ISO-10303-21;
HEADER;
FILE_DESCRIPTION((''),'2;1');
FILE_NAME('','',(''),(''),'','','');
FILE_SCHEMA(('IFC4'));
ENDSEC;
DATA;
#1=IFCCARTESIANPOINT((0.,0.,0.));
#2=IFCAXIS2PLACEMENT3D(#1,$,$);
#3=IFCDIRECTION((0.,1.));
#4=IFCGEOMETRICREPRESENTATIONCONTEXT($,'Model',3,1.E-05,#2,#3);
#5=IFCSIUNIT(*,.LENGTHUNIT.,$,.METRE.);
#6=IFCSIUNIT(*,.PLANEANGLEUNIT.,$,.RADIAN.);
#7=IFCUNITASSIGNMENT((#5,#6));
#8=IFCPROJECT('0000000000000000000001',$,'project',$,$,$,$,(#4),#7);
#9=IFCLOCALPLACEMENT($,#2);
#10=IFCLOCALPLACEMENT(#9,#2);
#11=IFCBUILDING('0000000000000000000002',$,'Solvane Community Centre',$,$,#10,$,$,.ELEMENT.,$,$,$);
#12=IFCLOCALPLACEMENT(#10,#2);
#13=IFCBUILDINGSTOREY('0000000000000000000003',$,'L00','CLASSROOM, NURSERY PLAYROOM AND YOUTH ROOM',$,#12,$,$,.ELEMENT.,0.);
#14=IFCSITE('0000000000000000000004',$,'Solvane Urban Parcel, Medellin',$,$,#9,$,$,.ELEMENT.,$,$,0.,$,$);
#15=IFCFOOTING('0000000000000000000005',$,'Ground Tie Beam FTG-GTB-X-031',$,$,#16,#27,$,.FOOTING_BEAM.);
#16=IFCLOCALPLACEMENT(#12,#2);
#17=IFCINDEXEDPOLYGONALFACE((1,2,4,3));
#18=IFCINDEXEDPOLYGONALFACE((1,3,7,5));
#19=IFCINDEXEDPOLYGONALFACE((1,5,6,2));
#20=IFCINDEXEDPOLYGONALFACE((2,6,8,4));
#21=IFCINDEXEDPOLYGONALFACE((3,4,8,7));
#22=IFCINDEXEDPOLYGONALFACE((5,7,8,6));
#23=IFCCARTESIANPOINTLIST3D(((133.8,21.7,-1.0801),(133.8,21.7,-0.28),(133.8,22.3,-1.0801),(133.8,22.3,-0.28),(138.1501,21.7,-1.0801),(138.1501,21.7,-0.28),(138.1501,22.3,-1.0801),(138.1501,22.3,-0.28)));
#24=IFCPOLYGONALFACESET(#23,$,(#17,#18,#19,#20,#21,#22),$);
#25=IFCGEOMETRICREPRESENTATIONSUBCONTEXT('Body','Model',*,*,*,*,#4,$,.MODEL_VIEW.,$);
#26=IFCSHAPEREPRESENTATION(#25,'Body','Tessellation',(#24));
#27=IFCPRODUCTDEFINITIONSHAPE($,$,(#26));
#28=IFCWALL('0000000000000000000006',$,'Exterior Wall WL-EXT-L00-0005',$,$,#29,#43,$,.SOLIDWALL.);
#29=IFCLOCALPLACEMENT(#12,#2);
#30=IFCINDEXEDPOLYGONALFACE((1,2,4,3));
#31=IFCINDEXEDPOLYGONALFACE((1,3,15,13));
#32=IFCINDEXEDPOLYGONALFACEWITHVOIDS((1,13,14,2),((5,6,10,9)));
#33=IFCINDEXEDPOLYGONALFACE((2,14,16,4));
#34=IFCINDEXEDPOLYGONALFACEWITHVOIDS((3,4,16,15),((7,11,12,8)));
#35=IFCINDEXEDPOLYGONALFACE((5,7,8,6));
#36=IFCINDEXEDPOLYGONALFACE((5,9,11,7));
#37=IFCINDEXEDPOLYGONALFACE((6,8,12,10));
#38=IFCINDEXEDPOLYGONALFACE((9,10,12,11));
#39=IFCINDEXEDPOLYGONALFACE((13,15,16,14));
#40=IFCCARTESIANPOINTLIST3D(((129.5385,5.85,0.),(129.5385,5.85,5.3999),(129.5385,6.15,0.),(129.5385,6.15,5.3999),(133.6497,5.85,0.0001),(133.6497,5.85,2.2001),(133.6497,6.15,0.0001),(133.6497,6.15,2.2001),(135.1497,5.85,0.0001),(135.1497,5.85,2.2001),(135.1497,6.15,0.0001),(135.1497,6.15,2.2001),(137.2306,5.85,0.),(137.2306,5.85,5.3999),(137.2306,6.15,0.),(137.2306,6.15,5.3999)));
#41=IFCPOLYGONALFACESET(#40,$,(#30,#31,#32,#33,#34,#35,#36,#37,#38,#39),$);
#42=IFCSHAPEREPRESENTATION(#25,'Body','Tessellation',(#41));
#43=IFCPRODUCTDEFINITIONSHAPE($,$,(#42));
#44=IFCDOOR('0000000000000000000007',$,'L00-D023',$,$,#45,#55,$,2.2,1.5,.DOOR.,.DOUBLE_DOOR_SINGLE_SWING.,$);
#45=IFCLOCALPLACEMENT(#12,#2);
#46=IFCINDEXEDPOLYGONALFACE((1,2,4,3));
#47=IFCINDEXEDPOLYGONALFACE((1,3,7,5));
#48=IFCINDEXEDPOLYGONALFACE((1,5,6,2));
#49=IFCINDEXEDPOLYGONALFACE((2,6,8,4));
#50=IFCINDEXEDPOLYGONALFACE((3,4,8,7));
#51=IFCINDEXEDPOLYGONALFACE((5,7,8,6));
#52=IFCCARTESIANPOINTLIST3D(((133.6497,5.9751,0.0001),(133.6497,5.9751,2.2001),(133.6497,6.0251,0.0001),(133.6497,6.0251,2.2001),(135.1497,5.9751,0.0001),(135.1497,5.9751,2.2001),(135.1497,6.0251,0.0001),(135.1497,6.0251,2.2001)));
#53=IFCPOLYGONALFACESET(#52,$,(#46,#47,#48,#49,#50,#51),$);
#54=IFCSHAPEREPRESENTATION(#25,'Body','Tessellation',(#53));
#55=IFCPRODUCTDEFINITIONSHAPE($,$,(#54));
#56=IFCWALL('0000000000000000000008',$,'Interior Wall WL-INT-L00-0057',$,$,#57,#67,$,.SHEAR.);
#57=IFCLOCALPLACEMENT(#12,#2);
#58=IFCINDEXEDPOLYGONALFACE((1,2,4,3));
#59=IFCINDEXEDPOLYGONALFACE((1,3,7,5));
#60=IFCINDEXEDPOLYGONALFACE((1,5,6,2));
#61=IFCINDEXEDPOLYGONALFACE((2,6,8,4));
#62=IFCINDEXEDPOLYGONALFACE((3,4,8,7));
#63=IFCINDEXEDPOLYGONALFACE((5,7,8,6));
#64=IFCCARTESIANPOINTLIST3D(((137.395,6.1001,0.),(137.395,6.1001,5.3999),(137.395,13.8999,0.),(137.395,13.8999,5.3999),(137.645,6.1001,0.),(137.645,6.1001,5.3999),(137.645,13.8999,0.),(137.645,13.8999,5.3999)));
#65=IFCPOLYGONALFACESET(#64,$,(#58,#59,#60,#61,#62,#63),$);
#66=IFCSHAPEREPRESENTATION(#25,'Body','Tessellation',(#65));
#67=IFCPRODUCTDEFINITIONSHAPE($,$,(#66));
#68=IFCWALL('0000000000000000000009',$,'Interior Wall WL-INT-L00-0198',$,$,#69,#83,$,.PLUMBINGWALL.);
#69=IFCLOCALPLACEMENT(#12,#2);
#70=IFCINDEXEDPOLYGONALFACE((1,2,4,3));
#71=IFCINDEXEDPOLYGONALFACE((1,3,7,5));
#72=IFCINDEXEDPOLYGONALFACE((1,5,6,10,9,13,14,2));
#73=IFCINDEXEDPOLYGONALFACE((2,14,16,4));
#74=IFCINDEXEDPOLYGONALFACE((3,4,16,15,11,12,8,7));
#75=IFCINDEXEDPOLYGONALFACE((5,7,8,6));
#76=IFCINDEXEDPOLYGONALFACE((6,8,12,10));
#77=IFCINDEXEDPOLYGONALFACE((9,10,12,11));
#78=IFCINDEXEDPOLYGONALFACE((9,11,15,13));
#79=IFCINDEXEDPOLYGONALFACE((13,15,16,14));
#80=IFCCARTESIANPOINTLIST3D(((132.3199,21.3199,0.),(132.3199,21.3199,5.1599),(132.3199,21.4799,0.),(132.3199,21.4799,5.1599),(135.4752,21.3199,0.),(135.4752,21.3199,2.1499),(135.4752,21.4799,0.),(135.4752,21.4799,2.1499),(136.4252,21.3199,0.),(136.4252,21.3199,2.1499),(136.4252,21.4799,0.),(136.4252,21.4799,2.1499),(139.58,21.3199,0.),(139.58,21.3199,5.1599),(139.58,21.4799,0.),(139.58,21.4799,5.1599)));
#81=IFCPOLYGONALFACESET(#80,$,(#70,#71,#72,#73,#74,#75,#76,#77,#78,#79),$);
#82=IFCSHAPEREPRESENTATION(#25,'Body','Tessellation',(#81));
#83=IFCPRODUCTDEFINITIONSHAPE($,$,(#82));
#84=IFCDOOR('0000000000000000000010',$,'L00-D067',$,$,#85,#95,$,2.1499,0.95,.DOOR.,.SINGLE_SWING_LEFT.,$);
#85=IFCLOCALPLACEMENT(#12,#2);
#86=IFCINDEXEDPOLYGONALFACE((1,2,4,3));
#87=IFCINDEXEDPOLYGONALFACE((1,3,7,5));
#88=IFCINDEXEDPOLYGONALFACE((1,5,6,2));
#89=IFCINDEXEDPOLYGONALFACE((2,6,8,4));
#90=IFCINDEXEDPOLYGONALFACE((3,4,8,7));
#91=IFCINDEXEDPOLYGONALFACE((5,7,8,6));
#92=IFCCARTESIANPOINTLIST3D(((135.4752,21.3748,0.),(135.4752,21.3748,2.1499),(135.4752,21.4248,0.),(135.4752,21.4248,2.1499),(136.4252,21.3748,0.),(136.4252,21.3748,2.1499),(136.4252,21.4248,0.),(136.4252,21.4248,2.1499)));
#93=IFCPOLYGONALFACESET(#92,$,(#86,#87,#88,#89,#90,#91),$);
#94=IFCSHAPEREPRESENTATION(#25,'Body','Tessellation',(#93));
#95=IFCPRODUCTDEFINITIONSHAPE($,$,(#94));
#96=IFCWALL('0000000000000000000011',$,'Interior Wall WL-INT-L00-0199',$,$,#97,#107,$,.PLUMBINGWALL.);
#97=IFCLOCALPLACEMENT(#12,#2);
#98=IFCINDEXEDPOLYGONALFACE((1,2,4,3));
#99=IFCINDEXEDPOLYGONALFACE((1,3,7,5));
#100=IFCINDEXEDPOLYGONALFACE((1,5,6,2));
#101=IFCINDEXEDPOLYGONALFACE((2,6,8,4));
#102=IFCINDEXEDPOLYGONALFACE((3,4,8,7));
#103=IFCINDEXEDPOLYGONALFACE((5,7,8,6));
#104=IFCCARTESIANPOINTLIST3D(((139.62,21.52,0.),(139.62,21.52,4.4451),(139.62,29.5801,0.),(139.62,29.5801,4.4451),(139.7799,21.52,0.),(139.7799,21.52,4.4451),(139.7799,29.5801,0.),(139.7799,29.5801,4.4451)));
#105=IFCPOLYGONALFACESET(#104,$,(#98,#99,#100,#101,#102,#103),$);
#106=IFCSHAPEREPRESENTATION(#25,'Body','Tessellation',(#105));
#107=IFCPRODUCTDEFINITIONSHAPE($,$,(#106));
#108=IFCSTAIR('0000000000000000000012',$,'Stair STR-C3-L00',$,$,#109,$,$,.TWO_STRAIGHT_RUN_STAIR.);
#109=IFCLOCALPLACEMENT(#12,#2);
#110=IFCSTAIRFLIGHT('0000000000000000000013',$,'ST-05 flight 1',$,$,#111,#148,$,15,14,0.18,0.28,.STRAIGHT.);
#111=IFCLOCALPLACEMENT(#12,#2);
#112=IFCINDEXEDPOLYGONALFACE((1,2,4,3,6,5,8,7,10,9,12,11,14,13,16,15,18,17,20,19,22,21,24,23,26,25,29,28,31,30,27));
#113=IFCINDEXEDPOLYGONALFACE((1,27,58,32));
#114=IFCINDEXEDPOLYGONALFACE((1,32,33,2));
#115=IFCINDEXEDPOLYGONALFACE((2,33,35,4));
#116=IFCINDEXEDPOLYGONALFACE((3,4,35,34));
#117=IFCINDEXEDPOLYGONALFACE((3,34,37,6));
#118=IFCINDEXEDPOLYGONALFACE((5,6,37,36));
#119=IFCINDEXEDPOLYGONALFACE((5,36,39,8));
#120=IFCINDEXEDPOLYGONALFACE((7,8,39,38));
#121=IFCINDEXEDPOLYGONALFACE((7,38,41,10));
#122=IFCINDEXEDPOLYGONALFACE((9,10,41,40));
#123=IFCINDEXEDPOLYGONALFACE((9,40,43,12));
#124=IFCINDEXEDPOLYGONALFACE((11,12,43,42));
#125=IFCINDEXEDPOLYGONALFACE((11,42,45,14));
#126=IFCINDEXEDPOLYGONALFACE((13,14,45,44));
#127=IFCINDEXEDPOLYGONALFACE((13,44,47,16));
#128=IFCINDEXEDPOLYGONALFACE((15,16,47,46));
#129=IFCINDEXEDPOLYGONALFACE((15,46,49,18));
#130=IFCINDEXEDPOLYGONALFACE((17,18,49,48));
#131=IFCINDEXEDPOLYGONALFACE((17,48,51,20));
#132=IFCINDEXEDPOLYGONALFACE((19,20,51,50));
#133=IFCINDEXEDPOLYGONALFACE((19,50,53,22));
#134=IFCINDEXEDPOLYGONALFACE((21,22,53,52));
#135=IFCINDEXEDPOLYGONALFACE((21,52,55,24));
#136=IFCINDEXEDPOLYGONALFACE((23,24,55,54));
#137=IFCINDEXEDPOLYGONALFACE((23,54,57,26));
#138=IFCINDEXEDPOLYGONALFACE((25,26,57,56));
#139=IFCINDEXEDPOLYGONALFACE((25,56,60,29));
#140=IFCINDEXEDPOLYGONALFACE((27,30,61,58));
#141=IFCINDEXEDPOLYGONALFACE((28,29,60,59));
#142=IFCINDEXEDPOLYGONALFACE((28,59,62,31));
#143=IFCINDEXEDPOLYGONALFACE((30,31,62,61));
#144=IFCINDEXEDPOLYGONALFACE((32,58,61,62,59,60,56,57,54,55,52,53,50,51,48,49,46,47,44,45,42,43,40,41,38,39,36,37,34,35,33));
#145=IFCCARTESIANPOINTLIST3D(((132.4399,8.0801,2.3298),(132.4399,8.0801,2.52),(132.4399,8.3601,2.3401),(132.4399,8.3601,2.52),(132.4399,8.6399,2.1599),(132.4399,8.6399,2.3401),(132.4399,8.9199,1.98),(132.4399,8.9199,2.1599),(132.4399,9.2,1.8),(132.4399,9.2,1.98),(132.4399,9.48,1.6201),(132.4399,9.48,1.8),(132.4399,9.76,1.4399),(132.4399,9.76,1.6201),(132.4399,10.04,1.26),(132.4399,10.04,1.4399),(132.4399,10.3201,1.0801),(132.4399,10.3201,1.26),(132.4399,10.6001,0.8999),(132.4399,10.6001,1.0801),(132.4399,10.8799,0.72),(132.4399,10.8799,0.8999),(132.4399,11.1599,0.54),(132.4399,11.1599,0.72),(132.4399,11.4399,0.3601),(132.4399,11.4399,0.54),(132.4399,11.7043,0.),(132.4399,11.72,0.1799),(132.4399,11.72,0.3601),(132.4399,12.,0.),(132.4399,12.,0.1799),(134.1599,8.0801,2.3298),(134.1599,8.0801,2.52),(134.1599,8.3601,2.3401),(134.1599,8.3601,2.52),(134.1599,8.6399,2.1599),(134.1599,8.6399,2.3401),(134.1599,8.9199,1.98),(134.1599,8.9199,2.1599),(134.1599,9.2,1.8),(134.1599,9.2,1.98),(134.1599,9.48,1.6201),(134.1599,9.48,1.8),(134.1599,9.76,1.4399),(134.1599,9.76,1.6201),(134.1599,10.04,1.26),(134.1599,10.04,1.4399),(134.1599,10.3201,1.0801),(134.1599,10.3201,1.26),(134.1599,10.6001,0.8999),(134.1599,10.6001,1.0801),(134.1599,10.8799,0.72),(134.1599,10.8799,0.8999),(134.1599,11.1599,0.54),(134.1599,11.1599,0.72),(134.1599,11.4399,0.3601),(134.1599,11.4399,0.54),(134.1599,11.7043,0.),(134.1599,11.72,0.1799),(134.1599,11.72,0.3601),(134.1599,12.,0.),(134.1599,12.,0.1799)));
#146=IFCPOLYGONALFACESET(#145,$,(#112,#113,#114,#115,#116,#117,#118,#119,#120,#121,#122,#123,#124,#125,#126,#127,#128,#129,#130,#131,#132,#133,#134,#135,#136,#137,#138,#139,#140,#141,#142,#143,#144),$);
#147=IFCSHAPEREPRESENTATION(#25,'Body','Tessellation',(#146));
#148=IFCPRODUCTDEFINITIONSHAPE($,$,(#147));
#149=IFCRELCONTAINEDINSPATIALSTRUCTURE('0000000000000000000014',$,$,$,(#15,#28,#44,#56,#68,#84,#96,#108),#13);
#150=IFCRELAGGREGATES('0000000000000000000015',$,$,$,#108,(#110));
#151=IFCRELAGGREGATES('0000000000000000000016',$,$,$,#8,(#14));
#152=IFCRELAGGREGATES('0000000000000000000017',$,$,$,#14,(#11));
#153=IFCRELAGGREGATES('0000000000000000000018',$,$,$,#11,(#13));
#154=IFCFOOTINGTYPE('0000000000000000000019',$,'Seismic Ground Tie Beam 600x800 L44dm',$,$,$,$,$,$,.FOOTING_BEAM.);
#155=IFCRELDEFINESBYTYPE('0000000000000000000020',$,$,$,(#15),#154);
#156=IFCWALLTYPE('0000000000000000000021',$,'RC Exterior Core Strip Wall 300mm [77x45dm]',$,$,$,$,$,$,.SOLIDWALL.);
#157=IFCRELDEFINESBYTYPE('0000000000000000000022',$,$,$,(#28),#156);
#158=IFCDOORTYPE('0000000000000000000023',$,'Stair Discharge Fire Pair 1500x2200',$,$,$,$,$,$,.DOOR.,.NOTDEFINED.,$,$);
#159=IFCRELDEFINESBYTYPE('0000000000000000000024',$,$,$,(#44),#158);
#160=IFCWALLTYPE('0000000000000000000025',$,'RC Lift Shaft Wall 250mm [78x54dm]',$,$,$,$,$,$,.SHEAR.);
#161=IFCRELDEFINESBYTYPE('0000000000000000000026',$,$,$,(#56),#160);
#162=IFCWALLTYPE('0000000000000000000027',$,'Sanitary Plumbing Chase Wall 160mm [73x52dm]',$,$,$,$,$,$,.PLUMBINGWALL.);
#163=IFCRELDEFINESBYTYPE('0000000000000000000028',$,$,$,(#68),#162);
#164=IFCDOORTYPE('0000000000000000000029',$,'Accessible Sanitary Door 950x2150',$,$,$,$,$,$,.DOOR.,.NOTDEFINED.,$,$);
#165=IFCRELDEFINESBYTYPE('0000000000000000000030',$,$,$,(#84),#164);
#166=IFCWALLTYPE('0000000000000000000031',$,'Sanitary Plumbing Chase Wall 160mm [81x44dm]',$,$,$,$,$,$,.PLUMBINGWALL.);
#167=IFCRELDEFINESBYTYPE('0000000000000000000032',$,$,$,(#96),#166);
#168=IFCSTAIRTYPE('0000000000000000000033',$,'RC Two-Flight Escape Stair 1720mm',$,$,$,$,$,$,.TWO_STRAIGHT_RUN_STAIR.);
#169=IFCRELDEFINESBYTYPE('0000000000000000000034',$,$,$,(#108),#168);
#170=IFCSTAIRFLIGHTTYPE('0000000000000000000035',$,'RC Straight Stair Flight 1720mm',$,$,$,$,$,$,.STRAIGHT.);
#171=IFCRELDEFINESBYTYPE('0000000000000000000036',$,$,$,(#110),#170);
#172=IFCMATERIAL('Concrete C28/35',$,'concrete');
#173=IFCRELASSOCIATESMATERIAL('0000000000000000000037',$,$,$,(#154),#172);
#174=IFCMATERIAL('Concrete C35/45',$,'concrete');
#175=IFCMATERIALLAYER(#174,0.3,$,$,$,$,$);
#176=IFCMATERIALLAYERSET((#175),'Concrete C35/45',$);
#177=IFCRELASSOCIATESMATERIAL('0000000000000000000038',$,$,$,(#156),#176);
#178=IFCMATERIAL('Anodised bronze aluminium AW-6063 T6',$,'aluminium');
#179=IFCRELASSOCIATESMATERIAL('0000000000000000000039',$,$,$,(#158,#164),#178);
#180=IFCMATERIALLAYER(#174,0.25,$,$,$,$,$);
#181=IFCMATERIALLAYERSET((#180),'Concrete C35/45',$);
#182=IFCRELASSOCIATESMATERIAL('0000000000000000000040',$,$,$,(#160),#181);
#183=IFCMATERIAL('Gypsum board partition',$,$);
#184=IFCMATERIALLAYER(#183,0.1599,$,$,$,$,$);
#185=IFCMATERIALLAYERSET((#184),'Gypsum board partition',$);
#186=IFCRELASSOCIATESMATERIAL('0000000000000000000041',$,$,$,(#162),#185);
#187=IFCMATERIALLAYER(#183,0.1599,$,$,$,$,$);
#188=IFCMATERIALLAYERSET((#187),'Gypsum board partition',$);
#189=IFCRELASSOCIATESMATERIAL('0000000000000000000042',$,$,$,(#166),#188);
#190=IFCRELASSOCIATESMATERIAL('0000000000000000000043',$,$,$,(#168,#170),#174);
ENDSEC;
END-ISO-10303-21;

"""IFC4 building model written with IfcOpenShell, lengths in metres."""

from ifc_helpers import new_model, si_unit, direction, frame, frame_2d, origin, origin_2d, place, context, subcontext, project, spatial, polyline, rectangle, outline, extrude, material, layer, layer_set, type_object, element, fill, aggregate, save


model = new_model("IFC4")

# Units and contexts
model_context = context("Model", 3, precision=1e-05, world=origin(), true_north=direction((0.0, 1.0)))
body_context = subcontext(model_context, "Body", "Model", "MODEL_VIEW")
ifc_project = project(units=[si_unit("LENGTHUNIT", "METRE"), si_unit("PLANEANGLEUNIT", "RADIAN")], contexts=[model_context])

# Site, building, storey
site_placement = place(None, origin())
site = spatial("IfcSite", under=ifc_project, at=site_placement, Name="Solvane Urban Parcel, Medellin", CompositionType="ELEMENT", RefElevation=0.0)
building_placement = place(site_placement, origin())
building = spatial("IfcBuilding", under=site, at=building_placement, Name="Solvane Community Centre", CompositionType="ELEMENT")
storey_placement = place(building_placement, origin())
storey = spatial("IfcBuildingStorey", under=building, at=storey_placement, Name="L00", Description="CLASSROOM, NURSERY PLAYROOM AND YOUTH ROOM", CompositionType="ELEMENT", Elevation=0.0)

# Shared definitions
ifc_material_1 = material(Name="Concrete C28/35", Category="concrete")

# Footing
footing_type_1 = type_object("IfcFootingType", Name="Seismic Ground Tie Beam 600x800 L44dm", PredefinedType="FOOTING_BEAM", material=ifc_material_1)
footing_1_placement = place(storey_placement, frame((135.9751, 22.0, -1.0801), z_axis=(0.0, 0.0, 1.0), x_axis=(1.0, 0.0, 0.0)))
element("IfcFooting", 1, at=footing_1_placement, inside=storey, type_object=footing_type_1, Name="Ground Tie Beam FTG-GTB-X-031", PredefinedType="FOOTING_BEAM", context=body_context, shape_type="SweptSolid", body=[
    extrude(rectangle(XDim=4.3501, YDim=0.6001, at=origin_2d()), origin(), (0.0, 0.0, 1.0), 0.8),
])

# Wall, opening, door
ifc_material_2 = material(Name="Concrete C35/45", Category="concrete")
ifc_layer_1 = layer(ifc_material_2, 0.3)
ifc_layer_set_1 = layer_set([ifc_layer_1], Name="Concrete C35/45")
wall_type_1 = type_object("IfcWallType", Name="RC Exterior Core Strip Wall 300mm [77x45dm]", PredefinedType="SOLIDWALL", material=ifc_layer_set_1)
wall_1_placement = place(storey_placement, frame((137.2307, 6.0, 0.0), z_axis=(0.0, 0.0, 1.0), x_axis=(-1.0, 0.0, 0.0)))
wall_1 = element("IfcWall", 2, at=wall_1_placement, inside=storey, type_object=wall_type_1, Name="Exterior Wall WL-EXT-L00-0005", PredefinedType="SOLIDWALL", context=body_context, shape_type="SweptSolid", body=[
    extrude(rectangle(XDim=7.6921, YDim=0.3, at=frame_2d((3.8462, 0.0))), origin(), (0.0, 0.0, 1.0), 5.3999),
])
opening_1_placement = place(wall_1_placement, frame((2.0811, 0.0, 0.0)))
opening_1 = element("IfcOpeningElement", 3, at=opening_1_placement, cuts=wall_1, PredefinedType="OPENING", context=body_context, shape_type="SweptSolid", body=[
    extrude(rectangle(XDim=1.5, YDim=2.2, at=frame_2d((0.75, 1.1001))), frame((0.0, 0.1599, 0.0), z_axis=(0.0, -1.0, 0.0), x_axis=(1.0, 0.0, 0.0)), (0.0, 0.0, 1.0), 0.3201),
])
ifc_material_3 = material(Name="Anodised bronze aluminium AW-6063 T6", Category="aluminium")
door_type_1 = type_object("IfcDoorType", Name="Stair Discharge Fire Pair 1500x2200", OperationType="NOTDEFINED", PredefinedType="DOOR", material=ifc_material_3)
door_1_placement = place(opening_1_placement, origin())
door_1 = element("IfcDoor", 4, at=door_1_placement, inside=storey, type_object=door_type_1, Name="L00-D023", OperationType="DOUBLE_DOOR_SINGLE_SWING", OverallHeight=2.2, OverallWidth=1.5, PredefinedType="DOOR", context=body_context, shape_type="SweptSolid", body=[
    extrude(rectangle(XDim=1.5, YDim=2.2, at=frame_2d((0.75, 1.1001))), frame((0.0, 0.0249, 0.0), z_axis=(0.0, -1.0, 0.0), x_axis=(1.0, 0.0, 0.0)), (0.0, 0.0, 1.0), 0.05),
])
fill(opening_1, door_1)

# Wall
ifc_layer_2 = layer(ifc_material_2, 0.25)
ifc_layer_set_2 = layer_set([ifc_layer_2], Name="Concrete C35/45")
wall_type_2 = type_object("IfcWallType", Name="RC Lift Shaft Wall 250mm [78x54dm]", PredefinedType="SHEAR", material=ifc_layer_set_2)
wall_2_placement = place(storey_placement, frame((137.52, 6.1001, 0.0), z_axis=(0.0, 0.0, 1.0), x_axis=(0.0, 1.0, 0.0)))
element("IfcWall", 5, at=wall_2_placement, inside=storey, type_object=wall_type_2, Name="Interior Wall WL-INT-L00-0057", PredefinedType="SHEAR", context=body_context, shape_type="SweptSolid", body=[
    extrude(rectangle(XDim=7.7998, YDim=0.25, at=frame_2d((3.8999, 0.0))), origin(), (0.0, 0.0, 1.0), 5.3999),
])

# Wall, opening, door
ifc_material_4 = material(Name="Gypsum board partition")
ifc_layer_3 = layer(ifc_material_4, 0.1599)
ifc_layer_set_3 = layer_set([ifc_layer_3], Name="Gypsum board partition")
wall_type_3 = type_object("IfcWallType", Name="Sanitary Plumbing Chase Wall 160mm [73x52dm]", PredefinedType="PLUMBINGWALL", material=ifc_layer_set_3)
wall_3_placement = place(storey_placement, frame((132.3201, 21.3999, 0.0), z_axis=(0.0, 0.0, 1.0), x_axis=(1.0, 0.0, 0.0)))
wall_3 = element("IfcWall", 6, at=wall_3_placement, inside=storey, type_object=wall_type_3, Name="Interior Wall WL-INT-L00-0198", PredefinedType="PLUMBINGWALL", context=body_context, shape_type="SweptSolid", body=[
    extrude(rectangle(XDim=7.26, YDim=0.1599, at=frame_2d((3.6299, 0.0))), origin(), (0.0, 0.0, 1.0), 5.1599),
])
opening_2_placement = place(wall_3_placement, frame((3.155, 0.0, 0.0)))
opening_2 = element("IfcOpeningElement", 7, at=opening_2_placement, cuts=wall_3, PredefinedType="OPENING", context=body_context, shape_type="SweptSolid", body=[
    extrude(rectangle(XDim=0.95, YDim=2.1499, at=frame_2d((0.4751, 1.075))), frame((0.0, 0.0898, 0.0), z_axis=(0.0, -1.0, 0.0), x_axis=(1.0, 0.0, 0.0)), (0.0, 0.0, 1.0), 0.1799),
])
door_type_2 = type_object("IfcDoorType", Name="Accessible Sanitary Door 950x2150", OperationType="NOTDEFINED", PredefinedType="DOOR", material=ifc_material_3)
door_2_placement = place(opening_2_placement, origin())
door_2 = element("IfcDoor", 8, at=door_2_placement, inside=storey, type_object=door_type_2, Name="L00-D067", OperationType="SINGLE_SWING_LEFT", OverallHeight=2.1499, OverallWidth=0.95, PredefinedType="DOOR", context=body_context, shape_type="SweptSolid", body=[
    extrude(rectangle(XDim=0.95, YDim=2.1499, at=frame_2d((0.4751, 1.075))), frame((0.0, 0.0249, 0.0), z_axis=(0.0, -1.0, 0.0), x_axis=(1.0, 0.0, 0.0)), (0.0, 0.0, 1.0), 0.05),
])
fill(opening_2, door_2)

# Wall
ifc_layer_4 = layer(ifc_material_4, 0.1599)
ifc_layer_set_4 = layer_set([ifc_layer_4], Name="Gypsum board partition")
wall_type_4 = type_object("IfcWallType", Name="Sanitary Plumbing Chase Wall 160mm [81x44dm]", PredefinedType="PLUMBINGWALL", material=ifc_layer_set_4)
wall_4_placement = place(storey_placement, frame((139.7, 21.52, 0.0), z_axis=(0.0, 0.0, 1.0), x_axis=(0.0, 1.0, 0.0)))
element("IfcWall", 9, at=wall_4_placement, inside=storey, type_object=wall_type_4, Name="Interior Wall WL-INT-L00-0199", PredefinedType="PLUMBINGWALL", context=body_context, shape_type="SweptSolid", body=[
    extrude(rectangle(XDim=8.0601, YDim=0.1599, at=frame_2d((4.03, 0.0))), origin(), (0.0, 0.0, 1.0), 4.4451),
])

# Stair, stair flight
stair_type = type_object("IfcStairType", Name="RC Two-Flight Escape Stair 1720mm", PredefinedType="TWO_STRAIGHT_RUN_STAIR", material=ifc_material_2)
stair_placement = place(storey_placement, origin())
stair = element("IfcStair", 10, at=stair_placement, inside=storey, type_object=stair_type, Name="Stair STR-C3-L00", PredefinedType="TWO_STRAIGHT_RUN_STAIR")
stair_flight_type = type_object("IfcStairFlightType", Name="RC Straight Stair Flight 1720mm", PredefinedType="STRAIGHT", material=ifc_material_2)
stair_flight_1_placement = place(storey_placement, frame((133.3, 12.0, 0.0), z_axis=(0.0, 0.0, 1.0), x_axis=(0.0, -1.0, 0.0)))
stair_flight_1 = element("IfcStairFlight", 11, at=stair_flight_1_placement, type_object=stair_flight_type, Name="ST-05 flight 1", NumberOfRisers=15, NumberOfTreads=14, PredefinedType="STRAIGHT", RiserHeight=0.18, TreadLength=0.28, context=body_context, shape_type="SweptSolid", body=[
    extrude(outline(polyline([(0.0, 0.0), (0.0, 0.1799), (0.28, 0.1799), (0.28, 0.3601), (0.5601, 0.3601), (0.5601, 0.54), (0.8401, 0.54), (0.8401, 0.72), (1.1201, 0.72), (1.1201, 0.8999), (1.3999, 0.8999), (1.3999, 1.0801), (1.6799, 1.0801), (1.6799, 1.26), (1.96, 1.26), (1.96, 1.4399), (2.24, 1.4399), (2.24, 1.6201), (2.52, 1.6201), (2.52, 1.8), (2.8, 1.8), (2.8, 1.98), (3.0801, 1.98), (3.0801, 2.1599), (3.3601, 2.1599), (3.3601, 2.3401), (3.6399, 2.3401), (3.6399, 2.52), (3.9199, 2.52), (3.9199, 2.7), (3.9199, 2.3298), (0.2957, 0.0), (0.0, 0.0)])), frame((0.0, 0.8599, 0.0), z_axis=(0.0, -1.0, 0.0), x_axis=(1.0, 0.0, 0.0)), (0.0, 0.0, 1.0), 1.72),
])
aggregate(stair, [stair_flight_1])

save(model, "model.ifc")
